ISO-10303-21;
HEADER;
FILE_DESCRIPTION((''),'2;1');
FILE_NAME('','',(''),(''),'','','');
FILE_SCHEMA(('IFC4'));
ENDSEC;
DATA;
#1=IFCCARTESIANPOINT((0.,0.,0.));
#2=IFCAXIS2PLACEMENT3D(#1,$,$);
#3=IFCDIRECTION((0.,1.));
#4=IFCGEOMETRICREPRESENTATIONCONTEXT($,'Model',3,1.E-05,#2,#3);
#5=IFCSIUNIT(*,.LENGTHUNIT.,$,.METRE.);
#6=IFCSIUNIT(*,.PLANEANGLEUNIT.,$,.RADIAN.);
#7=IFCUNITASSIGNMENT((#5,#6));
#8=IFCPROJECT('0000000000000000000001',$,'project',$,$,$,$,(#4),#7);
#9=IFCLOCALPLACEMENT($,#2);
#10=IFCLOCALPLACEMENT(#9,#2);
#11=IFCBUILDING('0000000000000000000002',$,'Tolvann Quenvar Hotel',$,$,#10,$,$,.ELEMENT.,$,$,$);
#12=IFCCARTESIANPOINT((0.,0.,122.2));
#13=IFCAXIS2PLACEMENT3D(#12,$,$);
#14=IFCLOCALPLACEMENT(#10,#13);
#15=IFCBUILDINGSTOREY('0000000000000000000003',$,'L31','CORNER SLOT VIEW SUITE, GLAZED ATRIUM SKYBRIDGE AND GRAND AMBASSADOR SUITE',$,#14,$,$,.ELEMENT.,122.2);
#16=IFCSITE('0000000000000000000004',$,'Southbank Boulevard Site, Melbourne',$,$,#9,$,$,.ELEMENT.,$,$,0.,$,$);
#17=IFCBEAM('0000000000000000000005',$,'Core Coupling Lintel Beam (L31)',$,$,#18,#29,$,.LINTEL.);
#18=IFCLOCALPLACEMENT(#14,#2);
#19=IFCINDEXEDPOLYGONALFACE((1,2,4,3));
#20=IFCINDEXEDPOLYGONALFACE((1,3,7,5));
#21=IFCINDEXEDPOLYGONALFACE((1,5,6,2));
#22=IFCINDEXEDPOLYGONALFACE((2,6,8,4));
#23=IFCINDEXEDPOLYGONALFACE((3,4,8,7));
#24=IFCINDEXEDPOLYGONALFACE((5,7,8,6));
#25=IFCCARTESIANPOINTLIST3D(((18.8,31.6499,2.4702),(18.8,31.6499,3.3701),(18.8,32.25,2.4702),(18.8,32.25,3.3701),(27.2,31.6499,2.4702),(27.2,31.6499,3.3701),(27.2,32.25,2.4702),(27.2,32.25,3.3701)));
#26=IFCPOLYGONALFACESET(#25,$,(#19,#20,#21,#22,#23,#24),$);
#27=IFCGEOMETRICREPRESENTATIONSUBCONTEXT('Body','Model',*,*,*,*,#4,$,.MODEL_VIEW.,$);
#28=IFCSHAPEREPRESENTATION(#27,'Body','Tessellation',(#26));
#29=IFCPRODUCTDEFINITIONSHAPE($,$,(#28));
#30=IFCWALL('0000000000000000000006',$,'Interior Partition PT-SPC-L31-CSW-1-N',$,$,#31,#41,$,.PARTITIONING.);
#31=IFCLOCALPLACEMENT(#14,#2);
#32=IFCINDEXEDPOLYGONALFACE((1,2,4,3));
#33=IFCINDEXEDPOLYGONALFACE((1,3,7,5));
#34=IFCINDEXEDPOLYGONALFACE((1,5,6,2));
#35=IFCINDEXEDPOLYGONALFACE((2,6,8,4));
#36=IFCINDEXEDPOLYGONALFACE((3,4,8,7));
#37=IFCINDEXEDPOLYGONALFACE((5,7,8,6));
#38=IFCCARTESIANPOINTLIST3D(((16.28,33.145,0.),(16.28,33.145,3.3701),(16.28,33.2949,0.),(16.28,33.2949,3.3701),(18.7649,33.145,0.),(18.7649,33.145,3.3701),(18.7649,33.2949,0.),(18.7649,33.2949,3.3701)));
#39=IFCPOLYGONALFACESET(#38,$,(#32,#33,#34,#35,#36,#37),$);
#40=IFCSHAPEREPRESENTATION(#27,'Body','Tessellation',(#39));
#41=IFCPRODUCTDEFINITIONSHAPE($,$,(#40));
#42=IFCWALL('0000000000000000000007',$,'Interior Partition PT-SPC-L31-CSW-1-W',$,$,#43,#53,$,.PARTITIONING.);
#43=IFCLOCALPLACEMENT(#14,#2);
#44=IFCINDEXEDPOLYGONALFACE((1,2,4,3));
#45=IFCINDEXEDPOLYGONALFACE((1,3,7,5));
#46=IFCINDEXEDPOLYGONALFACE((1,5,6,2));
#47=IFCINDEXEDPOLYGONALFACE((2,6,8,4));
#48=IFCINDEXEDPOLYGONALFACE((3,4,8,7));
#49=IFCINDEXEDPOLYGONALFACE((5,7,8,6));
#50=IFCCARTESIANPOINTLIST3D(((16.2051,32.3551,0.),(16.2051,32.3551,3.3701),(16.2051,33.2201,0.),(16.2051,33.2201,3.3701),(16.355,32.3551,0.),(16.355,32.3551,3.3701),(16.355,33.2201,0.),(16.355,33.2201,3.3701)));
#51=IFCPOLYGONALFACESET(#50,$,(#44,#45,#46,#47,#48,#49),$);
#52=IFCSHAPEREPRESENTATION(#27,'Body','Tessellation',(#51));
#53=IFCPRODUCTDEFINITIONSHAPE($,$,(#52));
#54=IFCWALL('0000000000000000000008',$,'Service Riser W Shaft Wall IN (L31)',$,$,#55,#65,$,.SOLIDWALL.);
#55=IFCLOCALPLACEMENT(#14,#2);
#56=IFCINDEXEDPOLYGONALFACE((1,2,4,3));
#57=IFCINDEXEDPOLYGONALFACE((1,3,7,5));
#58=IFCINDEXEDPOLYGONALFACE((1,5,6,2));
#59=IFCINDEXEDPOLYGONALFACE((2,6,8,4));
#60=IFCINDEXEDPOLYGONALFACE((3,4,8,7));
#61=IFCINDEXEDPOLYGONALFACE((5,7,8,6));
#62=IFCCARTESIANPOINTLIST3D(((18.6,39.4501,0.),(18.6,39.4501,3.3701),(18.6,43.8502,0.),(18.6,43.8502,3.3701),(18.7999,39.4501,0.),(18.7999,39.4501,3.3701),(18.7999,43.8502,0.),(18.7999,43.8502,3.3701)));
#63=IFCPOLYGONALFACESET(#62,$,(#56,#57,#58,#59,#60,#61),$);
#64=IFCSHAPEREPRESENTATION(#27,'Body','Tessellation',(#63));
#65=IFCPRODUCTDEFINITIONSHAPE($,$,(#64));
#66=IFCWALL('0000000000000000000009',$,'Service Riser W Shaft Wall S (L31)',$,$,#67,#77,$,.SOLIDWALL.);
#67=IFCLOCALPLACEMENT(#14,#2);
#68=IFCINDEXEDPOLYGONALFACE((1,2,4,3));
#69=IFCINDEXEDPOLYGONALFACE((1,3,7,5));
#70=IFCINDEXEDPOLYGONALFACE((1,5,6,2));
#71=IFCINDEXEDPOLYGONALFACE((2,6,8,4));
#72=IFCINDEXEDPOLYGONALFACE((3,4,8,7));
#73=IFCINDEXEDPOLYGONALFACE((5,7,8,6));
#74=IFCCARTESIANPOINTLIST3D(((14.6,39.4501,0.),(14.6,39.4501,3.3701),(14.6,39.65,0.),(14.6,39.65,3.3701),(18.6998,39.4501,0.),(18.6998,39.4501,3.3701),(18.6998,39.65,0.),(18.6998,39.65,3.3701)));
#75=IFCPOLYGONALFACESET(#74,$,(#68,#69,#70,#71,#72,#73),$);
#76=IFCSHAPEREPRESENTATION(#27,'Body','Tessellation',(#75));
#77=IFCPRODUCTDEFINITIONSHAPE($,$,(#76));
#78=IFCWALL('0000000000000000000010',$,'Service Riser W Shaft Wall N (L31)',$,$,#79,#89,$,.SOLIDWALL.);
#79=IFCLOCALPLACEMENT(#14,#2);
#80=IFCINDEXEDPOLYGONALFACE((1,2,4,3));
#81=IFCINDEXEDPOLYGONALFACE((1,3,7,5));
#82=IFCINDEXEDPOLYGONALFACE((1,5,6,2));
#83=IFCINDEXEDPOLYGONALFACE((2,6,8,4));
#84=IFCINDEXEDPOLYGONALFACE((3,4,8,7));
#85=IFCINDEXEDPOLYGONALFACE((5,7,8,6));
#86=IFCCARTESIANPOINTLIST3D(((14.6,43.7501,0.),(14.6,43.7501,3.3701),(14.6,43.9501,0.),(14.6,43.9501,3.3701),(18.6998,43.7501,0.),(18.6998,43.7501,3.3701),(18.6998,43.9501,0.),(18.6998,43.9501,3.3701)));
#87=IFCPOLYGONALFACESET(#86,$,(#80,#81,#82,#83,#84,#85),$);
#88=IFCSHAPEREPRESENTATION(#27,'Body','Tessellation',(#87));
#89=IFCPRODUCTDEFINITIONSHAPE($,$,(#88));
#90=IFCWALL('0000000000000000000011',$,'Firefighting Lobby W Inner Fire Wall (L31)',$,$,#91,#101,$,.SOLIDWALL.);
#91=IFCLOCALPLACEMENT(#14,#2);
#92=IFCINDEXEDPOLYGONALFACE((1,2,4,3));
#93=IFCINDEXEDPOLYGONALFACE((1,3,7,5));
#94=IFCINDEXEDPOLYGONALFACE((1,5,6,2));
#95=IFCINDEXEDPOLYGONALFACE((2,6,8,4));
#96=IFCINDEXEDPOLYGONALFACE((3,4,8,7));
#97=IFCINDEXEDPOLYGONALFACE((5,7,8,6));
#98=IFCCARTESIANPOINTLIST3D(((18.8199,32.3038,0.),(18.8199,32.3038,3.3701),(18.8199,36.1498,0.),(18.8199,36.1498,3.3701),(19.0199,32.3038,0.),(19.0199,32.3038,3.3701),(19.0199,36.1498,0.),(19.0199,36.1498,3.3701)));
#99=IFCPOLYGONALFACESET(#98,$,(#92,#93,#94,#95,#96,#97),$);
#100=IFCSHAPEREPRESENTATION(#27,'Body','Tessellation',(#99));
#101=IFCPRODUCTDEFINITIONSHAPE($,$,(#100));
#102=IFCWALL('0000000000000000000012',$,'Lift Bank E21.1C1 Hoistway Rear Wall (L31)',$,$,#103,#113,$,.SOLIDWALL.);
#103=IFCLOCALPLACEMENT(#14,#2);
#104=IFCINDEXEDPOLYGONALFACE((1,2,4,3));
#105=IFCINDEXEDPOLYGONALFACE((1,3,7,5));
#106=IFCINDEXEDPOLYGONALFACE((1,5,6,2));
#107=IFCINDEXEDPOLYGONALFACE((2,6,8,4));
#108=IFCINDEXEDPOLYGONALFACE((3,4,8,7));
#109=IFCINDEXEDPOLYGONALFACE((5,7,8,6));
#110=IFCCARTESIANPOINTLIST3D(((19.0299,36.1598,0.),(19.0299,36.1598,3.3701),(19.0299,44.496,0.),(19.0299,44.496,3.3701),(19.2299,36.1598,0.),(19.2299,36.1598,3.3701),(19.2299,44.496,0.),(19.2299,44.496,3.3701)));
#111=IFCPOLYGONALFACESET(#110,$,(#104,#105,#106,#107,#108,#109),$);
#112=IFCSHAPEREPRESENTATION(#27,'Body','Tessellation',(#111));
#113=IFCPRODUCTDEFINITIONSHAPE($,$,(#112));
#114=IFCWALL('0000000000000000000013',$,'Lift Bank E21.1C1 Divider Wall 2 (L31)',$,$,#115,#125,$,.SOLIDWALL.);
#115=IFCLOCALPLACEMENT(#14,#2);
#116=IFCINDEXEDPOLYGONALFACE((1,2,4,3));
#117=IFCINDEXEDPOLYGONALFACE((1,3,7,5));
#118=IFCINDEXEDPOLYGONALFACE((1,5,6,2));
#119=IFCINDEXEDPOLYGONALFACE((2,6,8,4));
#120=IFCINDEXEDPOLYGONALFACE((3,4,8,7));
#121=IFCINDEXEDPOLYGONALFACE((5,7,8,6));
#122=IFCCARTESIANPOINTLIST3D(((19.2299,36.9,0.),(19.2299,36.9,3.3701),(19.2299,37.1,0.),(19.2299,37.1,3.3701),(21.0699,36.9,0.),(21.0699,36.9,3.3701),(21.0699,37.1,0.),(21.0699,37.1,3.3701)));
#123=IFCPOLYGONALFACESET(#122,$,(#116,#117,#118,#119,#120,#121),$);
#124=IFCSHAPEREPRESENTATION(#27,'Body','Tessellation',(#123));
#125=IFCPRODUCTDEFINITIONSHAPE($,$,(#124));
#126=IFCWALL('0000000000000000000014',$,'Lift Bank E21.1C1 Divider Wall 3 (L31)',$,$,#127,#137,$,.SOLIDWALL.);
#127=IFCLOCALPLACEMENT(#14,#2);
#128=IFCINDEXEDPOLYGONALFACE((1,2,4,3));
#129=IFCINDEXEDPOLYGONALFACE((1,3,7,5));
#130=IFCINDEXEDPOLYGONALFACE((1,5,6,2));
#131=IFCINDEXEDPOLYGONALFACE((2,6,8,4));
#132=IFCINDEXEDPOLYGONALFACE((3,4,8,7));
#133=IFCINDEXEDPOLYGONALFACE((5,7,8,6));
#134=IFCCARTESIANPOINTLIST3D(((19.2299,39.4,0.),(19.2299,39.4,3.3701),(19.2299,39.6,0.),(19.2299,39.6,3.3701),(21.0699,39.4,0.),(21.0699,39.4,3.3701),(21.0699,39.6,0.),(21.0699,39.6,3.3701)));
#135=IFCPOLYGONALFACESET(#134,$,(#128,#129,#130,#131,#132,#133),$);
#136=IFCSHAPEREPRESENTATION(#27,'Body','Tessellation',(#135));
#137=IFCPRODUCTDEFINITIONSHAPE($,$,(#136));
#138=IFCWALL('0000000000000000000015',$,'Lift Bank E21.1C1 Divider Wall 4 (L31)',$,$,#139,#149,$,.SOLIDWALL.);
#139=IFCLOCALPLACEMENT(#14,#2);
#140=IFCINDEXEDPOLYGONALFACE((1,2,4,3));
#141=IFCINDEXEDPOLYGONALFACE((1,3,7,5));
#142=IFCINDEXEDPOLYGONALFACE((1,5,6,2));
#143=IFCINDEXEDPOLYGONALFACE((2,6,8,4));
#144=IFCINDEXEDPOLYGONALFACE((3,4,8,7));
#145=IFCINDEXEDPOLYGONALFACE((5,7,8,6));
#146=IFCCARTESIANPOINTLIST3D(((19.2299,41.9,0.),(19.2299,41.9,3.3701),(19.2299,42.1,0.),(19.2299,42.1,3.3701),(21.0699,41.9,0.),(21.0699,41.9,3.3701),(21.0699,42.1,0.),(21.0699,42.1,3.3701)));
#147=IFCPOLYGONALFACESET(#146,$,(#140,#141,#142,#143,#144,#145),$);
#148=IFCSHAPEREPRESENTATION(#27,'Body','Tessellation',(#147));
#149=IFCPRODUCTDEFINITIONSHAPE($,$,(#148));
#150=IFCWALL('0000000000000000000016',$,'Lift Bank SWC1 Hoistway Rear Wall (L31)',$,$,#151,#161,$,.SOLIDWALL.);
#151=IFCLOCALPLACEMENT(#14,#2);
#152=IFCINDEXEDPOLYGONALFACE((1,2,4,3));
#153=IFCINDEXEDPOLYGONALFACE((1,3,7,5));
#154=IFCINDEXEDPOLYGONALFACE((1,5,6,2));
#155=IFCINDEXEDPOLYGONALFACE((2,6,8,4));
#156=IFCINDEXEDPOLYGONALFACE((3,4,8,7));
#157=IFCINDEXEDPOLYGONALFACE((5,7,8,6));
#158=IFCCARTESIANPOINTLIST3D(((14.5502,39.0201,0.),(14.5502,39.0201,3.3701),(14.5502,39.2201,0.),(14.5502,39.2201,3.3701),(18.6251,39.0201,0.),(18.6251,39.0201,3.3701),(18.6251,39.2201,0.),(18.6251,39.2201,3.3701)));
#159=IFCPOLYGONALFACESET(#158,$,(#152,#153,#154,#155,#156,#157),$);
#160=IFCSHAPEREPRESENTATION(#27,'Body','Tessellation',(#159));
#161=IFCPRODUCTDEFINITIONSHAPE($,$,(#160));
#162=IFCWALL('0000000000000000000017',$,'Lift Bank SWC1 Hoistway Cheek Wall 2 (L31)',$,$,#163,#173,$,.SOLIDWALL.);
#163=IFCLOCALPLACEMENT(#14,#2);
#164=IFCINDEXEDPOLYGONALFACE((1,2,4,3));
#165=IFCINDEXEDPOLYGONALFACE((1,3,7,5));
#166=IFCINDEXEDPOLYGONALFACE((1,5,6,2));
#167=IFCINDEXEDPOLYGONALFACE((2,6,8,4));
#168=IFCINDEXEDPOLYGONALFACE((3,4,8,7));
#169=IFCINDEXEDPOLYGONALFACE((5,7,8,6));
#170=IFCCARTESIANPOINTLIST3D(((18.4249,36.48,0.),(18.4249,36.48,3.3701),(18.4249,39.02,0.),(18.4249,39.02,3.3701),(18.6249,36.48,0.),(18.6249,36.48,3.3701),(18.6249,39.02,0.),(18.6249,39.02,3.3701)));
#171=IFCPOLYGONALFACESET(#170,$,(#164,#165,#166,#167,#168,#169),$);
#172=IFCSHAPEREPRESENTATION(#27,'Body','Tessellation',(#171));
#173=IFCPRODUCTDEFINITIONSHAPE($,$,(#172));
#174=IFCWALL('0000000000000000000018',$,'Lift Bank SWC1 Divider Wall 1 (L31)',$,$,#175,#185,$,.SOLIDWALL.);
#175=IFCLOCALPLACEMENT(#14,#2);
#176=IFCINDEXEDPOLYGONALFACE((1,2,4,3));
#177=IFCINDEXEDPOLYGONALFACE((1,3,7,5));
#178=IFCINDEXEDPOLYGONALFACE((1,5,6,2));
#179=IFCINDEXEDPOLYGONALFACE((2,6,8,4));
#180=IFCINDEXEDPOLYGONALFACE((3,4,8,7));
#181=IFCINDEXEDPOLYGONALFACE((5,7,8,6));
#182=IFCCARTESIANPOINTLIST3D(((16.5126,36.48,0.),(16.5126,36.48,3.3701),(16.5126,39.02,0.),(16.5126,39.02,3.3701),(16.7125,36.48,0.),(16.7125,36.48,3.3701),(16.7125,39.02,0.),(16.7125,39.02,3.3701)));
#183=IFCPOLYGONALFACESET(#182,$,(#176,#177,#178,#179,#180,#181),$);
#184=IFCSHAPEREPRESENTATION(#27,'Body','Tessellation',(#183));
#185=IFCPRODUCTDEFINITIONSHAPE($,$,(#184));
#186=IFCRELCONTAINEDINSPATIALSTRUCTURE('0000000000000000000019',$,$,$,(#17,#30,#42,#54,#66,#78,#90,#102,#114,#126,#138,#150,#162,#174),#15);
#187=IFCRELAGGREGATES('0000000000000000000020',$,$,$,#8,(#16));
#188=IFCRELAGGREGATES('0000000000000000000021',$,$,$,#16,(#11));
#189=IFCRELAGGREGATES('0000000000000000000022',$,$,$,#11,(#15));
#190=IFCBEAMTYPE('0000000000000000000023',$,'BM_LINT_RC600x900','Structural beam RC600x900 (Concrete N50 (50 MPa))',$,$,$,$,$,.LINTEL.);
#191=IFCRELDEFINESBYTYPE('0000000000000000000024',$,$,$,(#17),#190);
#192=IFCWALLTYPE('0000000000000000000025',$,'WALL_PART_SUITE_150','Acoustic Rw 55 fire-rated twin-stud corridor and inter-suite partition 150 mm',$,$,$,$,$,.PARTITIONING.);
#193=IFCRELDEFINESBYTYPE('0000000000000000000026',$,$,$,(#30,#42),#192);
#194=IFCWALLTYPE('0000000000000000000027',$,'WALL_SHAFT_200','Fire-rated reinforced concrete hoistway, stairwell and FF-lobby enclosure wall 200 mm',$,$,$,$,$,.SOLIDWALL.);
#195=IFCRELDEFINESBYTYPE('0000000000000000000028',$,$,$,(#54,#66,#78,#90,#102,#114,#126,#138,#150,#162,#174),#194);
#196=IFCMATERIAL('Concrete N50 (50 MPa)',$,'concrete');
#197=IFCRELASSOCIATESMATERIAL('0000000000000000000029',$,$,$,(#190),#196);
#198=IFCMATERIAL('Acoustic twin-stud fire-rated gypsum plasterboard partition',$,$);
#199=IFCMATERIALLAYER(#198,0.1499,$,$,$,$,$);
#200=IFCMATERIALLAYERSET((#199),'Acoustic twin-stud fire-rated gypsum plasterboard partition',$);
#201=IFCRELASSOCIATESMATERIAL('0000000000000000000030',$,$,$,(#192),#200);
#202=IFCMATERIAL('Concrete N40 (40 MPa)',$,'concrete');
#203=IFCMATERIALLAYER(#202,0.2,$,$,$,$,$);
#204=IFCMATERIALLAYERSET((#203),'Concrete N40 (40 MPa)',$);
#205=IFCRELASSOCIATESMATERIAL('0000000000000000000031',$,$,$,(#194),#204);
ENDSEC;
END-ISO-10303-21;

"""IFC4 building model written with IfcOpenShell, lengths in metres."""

from ifc_helpers import new_model, si_unit, direction, frame, frame_2d, origin, origin_2d, place, context, subcontext, project, spatial, rectangle, extrude, source, transform, mapped, material, layer, layer_set, material_profile, profile_set, type_object, type_shapes, element, save


model = new_model("IFC4")

# Units and contexts
model_context = context("Model", 3, precision=1e-05, world=origin(), true_north=direction((0.0, 1.0)))
body_context = subcontext(model_context, "Body", "Model", "MODEL_VIEW")
ifc_project = project(units=[si_unit("LENGTHUNIT", "METRE"), si_unit("PLANEANGLEUNIT", "RADIAN")], contexts=[model_context])

# Site, building, storey
site_placement = place(None, origin())
site = spatial("IfcSite", under=ifc_project, at=site_placement, Name="Southbank Boulevard Site, Melbourne", CompositionType="ELEMENT", RefElevation=0.0)
building_placement = place(site_placement, origin())
building = spatial("IfcBuilding", under=site, at=building_placement, Name="Tolvann Quenvar Hotel", CompositionType="ELEMENT")
storey_placement = place(building_placement, frame((0.0, 0.0, 122.2)))
storey = spatial("IfcBuildingStorey", under=building, at=storey_placement, Name="L31", Description="CORNER SLOT VIEW SUITE, GLAZED ATRIUM SKYBRIDGE AND GRAND AMBASSADOR SUITE", CompositionType="ELEMENT", Elevation=122.2)

# Beam
ifc_material_1 = material(Name="Concrete N50 (50 MPa)", Category="concrete")
ifc_material_profile = material_profile(ifc_material_1, rectangle(XDim=0.6001, YDim=0.8999, at=origin_2d()), Name="RC600x900")
ifc_profile_set = profile_set([ifc_material_profile], Name="Concrete N50 (50 MPa)")
beam_type = type_object("IfcBeamType", Name="BM_LINT_RC600x900", Description="Structural beam RC600x900 (Concrete N50 (50 MPa))", PredefinedType="LINTEL", material=ifc_profile_set)
shared_shape_1 = source(origin(), body_context, "Body", "SweptSolid", [
    extrude(rectangle(XDim=0.6001, YDim=0.8999, at=origin_2d()), origin(), (0.0, 0.0, 1.0), 8.3999),
])
type_shapes(beam_type, [shared_shape_1])
beam_placement = place(storey_placement, frame((18.8, 31.95, 2.9202), z_axis=(1.0, 0.0, 0.0), x_axis=(0.0, 1.0, 0.0)))
element("IfcBeam", 1, at=beam_placement, inside=storey, type_object=beam_type, Name="Core Coupling Lintel Beam (L31)", PredefinedType="LINTEL", context=body_context, shape_type="MappedRepresentation", body=[
    mapped(shared_shape_1, transform((0.0, 0.0, 0.0), x_axis=(1.0, 0.0, 0.0), y_axis=(0.0, 1.0, 0.0), z_axis=(0.0, 0.0, 1.0), scale=1.0)),
])

# Walls
ifc_material_2 = material(Name="Acoustic twin-stud fire-rated gypsum plasterboard partition")
ifc_layer_1 = layer(ifc_material_2, 0.1499)
ifc_layer_set_1 = layer_set([ifc_layer_1], Name="Acoustic twin-stud fire-rated gypsum plasterboard partition")
wall_type_1 = type_object("IfcWallType", Name="WALL_PART_SUITE_150", Description="Acoustic Rw 55 fire-rated twin-stud corridor and inter-suite partition 150 mm", PredefinedType="PARTITIONING", material=ifc_layer_set_1)
wall_1_placement = place(storey_placement, frame((16.28, 33.22, 0.0), z_axis=(0.0, 0.0, 1.0), x_axis=(1.0, 0.0, 0.0)))
element("IfcWall", 2, at=wall_1_placement, inside=storey, type_object=wall_type_1, Name="Interior Partition PT-SPC-L31-CSW-1-N", PredefinedType="PARTITIONING", context=body_context, shape_type="SweptSolid", body=[
    extrude(rectangle(XDim=2.4849, YDim=0.1499, at=frame_2d((1.2424, 0.0))), origin(), (0.0, 0.0, 1.0), 3.3701),
])
wall_2_placement = place(storey_placement, frame((16.28, 32.355, 0.0), z_axis=(0.0, 0.0, 1.0), x_axis=(0.0, 1.0, 0.0)))
element("IfcWall", 3, at=wall_2_placement, inside=storey, type_object=wall_type_1, Name="Interior Partition PT-SPC-L31-CSW-1-W", PredefinedType="PARTITIONING", context=body_context, shape_type="SweptSolid", body=[
    extrude(rectangle(XDim=0.865, YDim=0.1499, at=frame_2d((0.4326, 0.0))), origin(), (0.0, 0.0, 1.0), 3.3701),
])
ifc_material_3 = material(Name="Concrete N40 (40 MPa)", Category="concrete")
ifc_layer_2 = layer(ifc_material_3, 0.2)
ifc_layer_set_2 = layer_set([ifc_layer_2], Name="Concrete N40 (40 MPa)")
wall_type_2 = type_object("IfcWallType", Name="WALL_SHAFT_200", Description="Fire-rated reinforced concrete hoistway, stairwell and FF-lobby enclosure wall 200 mm", PredefinedType="SOLIDWALL", material=ifc_layer_set_2)
wall_3_placement = place(storey_placement, frame((18.7, 39.45, 0.0), z_axis=(0.0, 0.0, 1.0), x_axis=(0.0, 1.0, 0.0)))
element("IfcWall", 4, at=wall_3_placement, inside=storey, type_object=wall_type_2, Name="Service Riser W Shaft Wall IN (L31)", PredefinedType="SOLIDWALL", context=body_context, shape_type="SweptSolid", body=[
    extrude(rectangle(XDim=4.4001, YDim=0.2, at=frame_2d((2.2002, 0.0))), origin(), (0.0, 0.0, 1.0), 3.3701),
])
for number, where, z_axis, x_axis, name in (
    (5, (14.6001, 39.55, 0.0), (0.0, 0.0, 1.0), (1.0, 0.0, 0.0), "Service Riser W Shaft Wall S (L31)"),
    (6, (14.6001, 43.8501, 0.0), (0.0, 0.0, 1.0), (1.0, 0.0, 0.0), "Service Riser W Shaft Wall N (L31)"),
):
    element("IfcWall", number, at=place(storey_placement, frame(where, z_axis=z_axis, x_axis=x_axis)), inside=storey, type_object=wall_type_2, Name=name, PredefinedType="SOLIDWALL", context=body_context, shape_type="SweptSolid", body=[
        extrude(rectangle(XDim=4.0999, YDim=0.2, at=frame_2d((2.0498, 0.0))), origin(), (0.0, 0.0, 1.0), 3.3701),
    ])
wall_4_placement = place(storey_placement, frame((18.9199, 32.304, 0.0), z_axis=(0.0, 0.0, 1.0), x_axis=(0.0, 1.0, 0.0)))
element("IfcWall", 7, at=wall_4_placement, inside=storey, type_object=wall_type_2, Name="Firefighting Lobby W Inner Fire Wall (L31)", PredefinedType="SOLIDWALL", context=body_context, shape_type="SweptSolid", body=[
    extrude(rectangle(XDim=3.8459, YDim=0.2, at=frame_2d((1.9229, 0.0))), origin(), (0.0, 0.0, 1.0), 3.3701),
])
wall_5_placement = place(storey_placement, frame((19.1299, 36.1599, 0.0), z_axis=(0.0, 0.0, 1.0), x_axis=(0.0, 1.0, 0.0)))
element("IfcWall", 8, at=wall_5_placement, inside=storey, type_object=wall_type_2, Name="Lift Bank E21.1C1 Hoistway Rear Wall (L31)", PredefinedType="SOLIDWALL", context=body_context, shape_type="SweptSolid", body=[
    extrude(rectangle(XDim=8.3362, YDim=0.2, at=frame_2d((4.168, 0.0))), origin(), (0.0, 0.0, 1.0), 3.3701),
])
for number, where, z_axis, x_axis, name in (
    (9, (19.23, 37.0, 0.0), (0.0, 0.0, 1.0), (1.0, 0.0, 0.0), "Lift Bank E21.1C1 Divider Wall 2 (L31)"),
    (10, (19.23, 39.5, 0.0), (0.0, 0.0, 1.0), (1.0, 0.0, 0.0), "Lift Bank E21.1C1 Divider Wall 3 (L31)"),
    (11, (19.23, 42.0, 0.0), (0.0, 0.0, 1.0), (1.0, 0.0, 0.0), "Lift Bank E21.1C1 Divider Wall 4 (L31)"),
):
    element("IfcWall", number, at=place(storey_placement, frame(where, z_axis=z_axis, x_axis=x_axis)), inside=storey, type_object=wall_type_2, Name=name, PredefinedType="SOLIDWALL", context=body_context, shape_type="SweptSolid", body=[
        extrude(rectangle(XDim=1.8401, YDim=0.2, at=frame_2d((0.9199, 0.0))), origin(), (0.0, 0.0, 1.0), 3.3701),
    ])

# Walls
wall_6_placement = place(storey_placement, frame((14.55, 39.1201, 0.0), z_axis=(0.0, 0.0, 1.0), x_axis=(1.0, 0.0, 0.0)))
element("IfcWall", 12, at=wall_6_placement, inside=storey, type_object=wall_type_2, Name="Lift Bank SWC1 Hoistway Rear Wall (L31)", PredefinedType="SOLIDWALL", context=body_context, shape_type="SweptSolid", body=[
    extrude(rectangle(XDim=4.075, YDim=0.2, at=frame_2d((2.0376, 0.0))), origin(), (0.0, 0.0, 1.0), 3.3701),
])
for number, where, z_axis, x_axis, name in (
    (13, (18.5249, 36.48, 0.0), (0.0, 0.0, 1.0), (0.0, 1.0, 0.0), "Lift Bank SWC1 Hoistway Cheek Wall 2 (L31)"),
    (14, (16.6125, 36.48, 0.0), (0.0, 0.0, 1.0), (0.0, 1.0, 0.0), "Lift Bank SWC1 Divider Wall 1 (L31)"),
):
    element("IfcWall", number, at=place(storey_placement, frame(where, z_axis=z_axis, x_axis=x_axis)), inside=storey, type_object=wall_type_2, Name=name, PredefinedType="SOLIDWALL", context=body_context, shape_type="SweptSolid", body=[
        extrude(rectangle(XDim=2.54, YDim=0.2, at=frame_2d((1.27, 0.0))), origin(), (0.0, 0.0, 1.0), 3.3701),
    ])

save(model, "model.ifc")
